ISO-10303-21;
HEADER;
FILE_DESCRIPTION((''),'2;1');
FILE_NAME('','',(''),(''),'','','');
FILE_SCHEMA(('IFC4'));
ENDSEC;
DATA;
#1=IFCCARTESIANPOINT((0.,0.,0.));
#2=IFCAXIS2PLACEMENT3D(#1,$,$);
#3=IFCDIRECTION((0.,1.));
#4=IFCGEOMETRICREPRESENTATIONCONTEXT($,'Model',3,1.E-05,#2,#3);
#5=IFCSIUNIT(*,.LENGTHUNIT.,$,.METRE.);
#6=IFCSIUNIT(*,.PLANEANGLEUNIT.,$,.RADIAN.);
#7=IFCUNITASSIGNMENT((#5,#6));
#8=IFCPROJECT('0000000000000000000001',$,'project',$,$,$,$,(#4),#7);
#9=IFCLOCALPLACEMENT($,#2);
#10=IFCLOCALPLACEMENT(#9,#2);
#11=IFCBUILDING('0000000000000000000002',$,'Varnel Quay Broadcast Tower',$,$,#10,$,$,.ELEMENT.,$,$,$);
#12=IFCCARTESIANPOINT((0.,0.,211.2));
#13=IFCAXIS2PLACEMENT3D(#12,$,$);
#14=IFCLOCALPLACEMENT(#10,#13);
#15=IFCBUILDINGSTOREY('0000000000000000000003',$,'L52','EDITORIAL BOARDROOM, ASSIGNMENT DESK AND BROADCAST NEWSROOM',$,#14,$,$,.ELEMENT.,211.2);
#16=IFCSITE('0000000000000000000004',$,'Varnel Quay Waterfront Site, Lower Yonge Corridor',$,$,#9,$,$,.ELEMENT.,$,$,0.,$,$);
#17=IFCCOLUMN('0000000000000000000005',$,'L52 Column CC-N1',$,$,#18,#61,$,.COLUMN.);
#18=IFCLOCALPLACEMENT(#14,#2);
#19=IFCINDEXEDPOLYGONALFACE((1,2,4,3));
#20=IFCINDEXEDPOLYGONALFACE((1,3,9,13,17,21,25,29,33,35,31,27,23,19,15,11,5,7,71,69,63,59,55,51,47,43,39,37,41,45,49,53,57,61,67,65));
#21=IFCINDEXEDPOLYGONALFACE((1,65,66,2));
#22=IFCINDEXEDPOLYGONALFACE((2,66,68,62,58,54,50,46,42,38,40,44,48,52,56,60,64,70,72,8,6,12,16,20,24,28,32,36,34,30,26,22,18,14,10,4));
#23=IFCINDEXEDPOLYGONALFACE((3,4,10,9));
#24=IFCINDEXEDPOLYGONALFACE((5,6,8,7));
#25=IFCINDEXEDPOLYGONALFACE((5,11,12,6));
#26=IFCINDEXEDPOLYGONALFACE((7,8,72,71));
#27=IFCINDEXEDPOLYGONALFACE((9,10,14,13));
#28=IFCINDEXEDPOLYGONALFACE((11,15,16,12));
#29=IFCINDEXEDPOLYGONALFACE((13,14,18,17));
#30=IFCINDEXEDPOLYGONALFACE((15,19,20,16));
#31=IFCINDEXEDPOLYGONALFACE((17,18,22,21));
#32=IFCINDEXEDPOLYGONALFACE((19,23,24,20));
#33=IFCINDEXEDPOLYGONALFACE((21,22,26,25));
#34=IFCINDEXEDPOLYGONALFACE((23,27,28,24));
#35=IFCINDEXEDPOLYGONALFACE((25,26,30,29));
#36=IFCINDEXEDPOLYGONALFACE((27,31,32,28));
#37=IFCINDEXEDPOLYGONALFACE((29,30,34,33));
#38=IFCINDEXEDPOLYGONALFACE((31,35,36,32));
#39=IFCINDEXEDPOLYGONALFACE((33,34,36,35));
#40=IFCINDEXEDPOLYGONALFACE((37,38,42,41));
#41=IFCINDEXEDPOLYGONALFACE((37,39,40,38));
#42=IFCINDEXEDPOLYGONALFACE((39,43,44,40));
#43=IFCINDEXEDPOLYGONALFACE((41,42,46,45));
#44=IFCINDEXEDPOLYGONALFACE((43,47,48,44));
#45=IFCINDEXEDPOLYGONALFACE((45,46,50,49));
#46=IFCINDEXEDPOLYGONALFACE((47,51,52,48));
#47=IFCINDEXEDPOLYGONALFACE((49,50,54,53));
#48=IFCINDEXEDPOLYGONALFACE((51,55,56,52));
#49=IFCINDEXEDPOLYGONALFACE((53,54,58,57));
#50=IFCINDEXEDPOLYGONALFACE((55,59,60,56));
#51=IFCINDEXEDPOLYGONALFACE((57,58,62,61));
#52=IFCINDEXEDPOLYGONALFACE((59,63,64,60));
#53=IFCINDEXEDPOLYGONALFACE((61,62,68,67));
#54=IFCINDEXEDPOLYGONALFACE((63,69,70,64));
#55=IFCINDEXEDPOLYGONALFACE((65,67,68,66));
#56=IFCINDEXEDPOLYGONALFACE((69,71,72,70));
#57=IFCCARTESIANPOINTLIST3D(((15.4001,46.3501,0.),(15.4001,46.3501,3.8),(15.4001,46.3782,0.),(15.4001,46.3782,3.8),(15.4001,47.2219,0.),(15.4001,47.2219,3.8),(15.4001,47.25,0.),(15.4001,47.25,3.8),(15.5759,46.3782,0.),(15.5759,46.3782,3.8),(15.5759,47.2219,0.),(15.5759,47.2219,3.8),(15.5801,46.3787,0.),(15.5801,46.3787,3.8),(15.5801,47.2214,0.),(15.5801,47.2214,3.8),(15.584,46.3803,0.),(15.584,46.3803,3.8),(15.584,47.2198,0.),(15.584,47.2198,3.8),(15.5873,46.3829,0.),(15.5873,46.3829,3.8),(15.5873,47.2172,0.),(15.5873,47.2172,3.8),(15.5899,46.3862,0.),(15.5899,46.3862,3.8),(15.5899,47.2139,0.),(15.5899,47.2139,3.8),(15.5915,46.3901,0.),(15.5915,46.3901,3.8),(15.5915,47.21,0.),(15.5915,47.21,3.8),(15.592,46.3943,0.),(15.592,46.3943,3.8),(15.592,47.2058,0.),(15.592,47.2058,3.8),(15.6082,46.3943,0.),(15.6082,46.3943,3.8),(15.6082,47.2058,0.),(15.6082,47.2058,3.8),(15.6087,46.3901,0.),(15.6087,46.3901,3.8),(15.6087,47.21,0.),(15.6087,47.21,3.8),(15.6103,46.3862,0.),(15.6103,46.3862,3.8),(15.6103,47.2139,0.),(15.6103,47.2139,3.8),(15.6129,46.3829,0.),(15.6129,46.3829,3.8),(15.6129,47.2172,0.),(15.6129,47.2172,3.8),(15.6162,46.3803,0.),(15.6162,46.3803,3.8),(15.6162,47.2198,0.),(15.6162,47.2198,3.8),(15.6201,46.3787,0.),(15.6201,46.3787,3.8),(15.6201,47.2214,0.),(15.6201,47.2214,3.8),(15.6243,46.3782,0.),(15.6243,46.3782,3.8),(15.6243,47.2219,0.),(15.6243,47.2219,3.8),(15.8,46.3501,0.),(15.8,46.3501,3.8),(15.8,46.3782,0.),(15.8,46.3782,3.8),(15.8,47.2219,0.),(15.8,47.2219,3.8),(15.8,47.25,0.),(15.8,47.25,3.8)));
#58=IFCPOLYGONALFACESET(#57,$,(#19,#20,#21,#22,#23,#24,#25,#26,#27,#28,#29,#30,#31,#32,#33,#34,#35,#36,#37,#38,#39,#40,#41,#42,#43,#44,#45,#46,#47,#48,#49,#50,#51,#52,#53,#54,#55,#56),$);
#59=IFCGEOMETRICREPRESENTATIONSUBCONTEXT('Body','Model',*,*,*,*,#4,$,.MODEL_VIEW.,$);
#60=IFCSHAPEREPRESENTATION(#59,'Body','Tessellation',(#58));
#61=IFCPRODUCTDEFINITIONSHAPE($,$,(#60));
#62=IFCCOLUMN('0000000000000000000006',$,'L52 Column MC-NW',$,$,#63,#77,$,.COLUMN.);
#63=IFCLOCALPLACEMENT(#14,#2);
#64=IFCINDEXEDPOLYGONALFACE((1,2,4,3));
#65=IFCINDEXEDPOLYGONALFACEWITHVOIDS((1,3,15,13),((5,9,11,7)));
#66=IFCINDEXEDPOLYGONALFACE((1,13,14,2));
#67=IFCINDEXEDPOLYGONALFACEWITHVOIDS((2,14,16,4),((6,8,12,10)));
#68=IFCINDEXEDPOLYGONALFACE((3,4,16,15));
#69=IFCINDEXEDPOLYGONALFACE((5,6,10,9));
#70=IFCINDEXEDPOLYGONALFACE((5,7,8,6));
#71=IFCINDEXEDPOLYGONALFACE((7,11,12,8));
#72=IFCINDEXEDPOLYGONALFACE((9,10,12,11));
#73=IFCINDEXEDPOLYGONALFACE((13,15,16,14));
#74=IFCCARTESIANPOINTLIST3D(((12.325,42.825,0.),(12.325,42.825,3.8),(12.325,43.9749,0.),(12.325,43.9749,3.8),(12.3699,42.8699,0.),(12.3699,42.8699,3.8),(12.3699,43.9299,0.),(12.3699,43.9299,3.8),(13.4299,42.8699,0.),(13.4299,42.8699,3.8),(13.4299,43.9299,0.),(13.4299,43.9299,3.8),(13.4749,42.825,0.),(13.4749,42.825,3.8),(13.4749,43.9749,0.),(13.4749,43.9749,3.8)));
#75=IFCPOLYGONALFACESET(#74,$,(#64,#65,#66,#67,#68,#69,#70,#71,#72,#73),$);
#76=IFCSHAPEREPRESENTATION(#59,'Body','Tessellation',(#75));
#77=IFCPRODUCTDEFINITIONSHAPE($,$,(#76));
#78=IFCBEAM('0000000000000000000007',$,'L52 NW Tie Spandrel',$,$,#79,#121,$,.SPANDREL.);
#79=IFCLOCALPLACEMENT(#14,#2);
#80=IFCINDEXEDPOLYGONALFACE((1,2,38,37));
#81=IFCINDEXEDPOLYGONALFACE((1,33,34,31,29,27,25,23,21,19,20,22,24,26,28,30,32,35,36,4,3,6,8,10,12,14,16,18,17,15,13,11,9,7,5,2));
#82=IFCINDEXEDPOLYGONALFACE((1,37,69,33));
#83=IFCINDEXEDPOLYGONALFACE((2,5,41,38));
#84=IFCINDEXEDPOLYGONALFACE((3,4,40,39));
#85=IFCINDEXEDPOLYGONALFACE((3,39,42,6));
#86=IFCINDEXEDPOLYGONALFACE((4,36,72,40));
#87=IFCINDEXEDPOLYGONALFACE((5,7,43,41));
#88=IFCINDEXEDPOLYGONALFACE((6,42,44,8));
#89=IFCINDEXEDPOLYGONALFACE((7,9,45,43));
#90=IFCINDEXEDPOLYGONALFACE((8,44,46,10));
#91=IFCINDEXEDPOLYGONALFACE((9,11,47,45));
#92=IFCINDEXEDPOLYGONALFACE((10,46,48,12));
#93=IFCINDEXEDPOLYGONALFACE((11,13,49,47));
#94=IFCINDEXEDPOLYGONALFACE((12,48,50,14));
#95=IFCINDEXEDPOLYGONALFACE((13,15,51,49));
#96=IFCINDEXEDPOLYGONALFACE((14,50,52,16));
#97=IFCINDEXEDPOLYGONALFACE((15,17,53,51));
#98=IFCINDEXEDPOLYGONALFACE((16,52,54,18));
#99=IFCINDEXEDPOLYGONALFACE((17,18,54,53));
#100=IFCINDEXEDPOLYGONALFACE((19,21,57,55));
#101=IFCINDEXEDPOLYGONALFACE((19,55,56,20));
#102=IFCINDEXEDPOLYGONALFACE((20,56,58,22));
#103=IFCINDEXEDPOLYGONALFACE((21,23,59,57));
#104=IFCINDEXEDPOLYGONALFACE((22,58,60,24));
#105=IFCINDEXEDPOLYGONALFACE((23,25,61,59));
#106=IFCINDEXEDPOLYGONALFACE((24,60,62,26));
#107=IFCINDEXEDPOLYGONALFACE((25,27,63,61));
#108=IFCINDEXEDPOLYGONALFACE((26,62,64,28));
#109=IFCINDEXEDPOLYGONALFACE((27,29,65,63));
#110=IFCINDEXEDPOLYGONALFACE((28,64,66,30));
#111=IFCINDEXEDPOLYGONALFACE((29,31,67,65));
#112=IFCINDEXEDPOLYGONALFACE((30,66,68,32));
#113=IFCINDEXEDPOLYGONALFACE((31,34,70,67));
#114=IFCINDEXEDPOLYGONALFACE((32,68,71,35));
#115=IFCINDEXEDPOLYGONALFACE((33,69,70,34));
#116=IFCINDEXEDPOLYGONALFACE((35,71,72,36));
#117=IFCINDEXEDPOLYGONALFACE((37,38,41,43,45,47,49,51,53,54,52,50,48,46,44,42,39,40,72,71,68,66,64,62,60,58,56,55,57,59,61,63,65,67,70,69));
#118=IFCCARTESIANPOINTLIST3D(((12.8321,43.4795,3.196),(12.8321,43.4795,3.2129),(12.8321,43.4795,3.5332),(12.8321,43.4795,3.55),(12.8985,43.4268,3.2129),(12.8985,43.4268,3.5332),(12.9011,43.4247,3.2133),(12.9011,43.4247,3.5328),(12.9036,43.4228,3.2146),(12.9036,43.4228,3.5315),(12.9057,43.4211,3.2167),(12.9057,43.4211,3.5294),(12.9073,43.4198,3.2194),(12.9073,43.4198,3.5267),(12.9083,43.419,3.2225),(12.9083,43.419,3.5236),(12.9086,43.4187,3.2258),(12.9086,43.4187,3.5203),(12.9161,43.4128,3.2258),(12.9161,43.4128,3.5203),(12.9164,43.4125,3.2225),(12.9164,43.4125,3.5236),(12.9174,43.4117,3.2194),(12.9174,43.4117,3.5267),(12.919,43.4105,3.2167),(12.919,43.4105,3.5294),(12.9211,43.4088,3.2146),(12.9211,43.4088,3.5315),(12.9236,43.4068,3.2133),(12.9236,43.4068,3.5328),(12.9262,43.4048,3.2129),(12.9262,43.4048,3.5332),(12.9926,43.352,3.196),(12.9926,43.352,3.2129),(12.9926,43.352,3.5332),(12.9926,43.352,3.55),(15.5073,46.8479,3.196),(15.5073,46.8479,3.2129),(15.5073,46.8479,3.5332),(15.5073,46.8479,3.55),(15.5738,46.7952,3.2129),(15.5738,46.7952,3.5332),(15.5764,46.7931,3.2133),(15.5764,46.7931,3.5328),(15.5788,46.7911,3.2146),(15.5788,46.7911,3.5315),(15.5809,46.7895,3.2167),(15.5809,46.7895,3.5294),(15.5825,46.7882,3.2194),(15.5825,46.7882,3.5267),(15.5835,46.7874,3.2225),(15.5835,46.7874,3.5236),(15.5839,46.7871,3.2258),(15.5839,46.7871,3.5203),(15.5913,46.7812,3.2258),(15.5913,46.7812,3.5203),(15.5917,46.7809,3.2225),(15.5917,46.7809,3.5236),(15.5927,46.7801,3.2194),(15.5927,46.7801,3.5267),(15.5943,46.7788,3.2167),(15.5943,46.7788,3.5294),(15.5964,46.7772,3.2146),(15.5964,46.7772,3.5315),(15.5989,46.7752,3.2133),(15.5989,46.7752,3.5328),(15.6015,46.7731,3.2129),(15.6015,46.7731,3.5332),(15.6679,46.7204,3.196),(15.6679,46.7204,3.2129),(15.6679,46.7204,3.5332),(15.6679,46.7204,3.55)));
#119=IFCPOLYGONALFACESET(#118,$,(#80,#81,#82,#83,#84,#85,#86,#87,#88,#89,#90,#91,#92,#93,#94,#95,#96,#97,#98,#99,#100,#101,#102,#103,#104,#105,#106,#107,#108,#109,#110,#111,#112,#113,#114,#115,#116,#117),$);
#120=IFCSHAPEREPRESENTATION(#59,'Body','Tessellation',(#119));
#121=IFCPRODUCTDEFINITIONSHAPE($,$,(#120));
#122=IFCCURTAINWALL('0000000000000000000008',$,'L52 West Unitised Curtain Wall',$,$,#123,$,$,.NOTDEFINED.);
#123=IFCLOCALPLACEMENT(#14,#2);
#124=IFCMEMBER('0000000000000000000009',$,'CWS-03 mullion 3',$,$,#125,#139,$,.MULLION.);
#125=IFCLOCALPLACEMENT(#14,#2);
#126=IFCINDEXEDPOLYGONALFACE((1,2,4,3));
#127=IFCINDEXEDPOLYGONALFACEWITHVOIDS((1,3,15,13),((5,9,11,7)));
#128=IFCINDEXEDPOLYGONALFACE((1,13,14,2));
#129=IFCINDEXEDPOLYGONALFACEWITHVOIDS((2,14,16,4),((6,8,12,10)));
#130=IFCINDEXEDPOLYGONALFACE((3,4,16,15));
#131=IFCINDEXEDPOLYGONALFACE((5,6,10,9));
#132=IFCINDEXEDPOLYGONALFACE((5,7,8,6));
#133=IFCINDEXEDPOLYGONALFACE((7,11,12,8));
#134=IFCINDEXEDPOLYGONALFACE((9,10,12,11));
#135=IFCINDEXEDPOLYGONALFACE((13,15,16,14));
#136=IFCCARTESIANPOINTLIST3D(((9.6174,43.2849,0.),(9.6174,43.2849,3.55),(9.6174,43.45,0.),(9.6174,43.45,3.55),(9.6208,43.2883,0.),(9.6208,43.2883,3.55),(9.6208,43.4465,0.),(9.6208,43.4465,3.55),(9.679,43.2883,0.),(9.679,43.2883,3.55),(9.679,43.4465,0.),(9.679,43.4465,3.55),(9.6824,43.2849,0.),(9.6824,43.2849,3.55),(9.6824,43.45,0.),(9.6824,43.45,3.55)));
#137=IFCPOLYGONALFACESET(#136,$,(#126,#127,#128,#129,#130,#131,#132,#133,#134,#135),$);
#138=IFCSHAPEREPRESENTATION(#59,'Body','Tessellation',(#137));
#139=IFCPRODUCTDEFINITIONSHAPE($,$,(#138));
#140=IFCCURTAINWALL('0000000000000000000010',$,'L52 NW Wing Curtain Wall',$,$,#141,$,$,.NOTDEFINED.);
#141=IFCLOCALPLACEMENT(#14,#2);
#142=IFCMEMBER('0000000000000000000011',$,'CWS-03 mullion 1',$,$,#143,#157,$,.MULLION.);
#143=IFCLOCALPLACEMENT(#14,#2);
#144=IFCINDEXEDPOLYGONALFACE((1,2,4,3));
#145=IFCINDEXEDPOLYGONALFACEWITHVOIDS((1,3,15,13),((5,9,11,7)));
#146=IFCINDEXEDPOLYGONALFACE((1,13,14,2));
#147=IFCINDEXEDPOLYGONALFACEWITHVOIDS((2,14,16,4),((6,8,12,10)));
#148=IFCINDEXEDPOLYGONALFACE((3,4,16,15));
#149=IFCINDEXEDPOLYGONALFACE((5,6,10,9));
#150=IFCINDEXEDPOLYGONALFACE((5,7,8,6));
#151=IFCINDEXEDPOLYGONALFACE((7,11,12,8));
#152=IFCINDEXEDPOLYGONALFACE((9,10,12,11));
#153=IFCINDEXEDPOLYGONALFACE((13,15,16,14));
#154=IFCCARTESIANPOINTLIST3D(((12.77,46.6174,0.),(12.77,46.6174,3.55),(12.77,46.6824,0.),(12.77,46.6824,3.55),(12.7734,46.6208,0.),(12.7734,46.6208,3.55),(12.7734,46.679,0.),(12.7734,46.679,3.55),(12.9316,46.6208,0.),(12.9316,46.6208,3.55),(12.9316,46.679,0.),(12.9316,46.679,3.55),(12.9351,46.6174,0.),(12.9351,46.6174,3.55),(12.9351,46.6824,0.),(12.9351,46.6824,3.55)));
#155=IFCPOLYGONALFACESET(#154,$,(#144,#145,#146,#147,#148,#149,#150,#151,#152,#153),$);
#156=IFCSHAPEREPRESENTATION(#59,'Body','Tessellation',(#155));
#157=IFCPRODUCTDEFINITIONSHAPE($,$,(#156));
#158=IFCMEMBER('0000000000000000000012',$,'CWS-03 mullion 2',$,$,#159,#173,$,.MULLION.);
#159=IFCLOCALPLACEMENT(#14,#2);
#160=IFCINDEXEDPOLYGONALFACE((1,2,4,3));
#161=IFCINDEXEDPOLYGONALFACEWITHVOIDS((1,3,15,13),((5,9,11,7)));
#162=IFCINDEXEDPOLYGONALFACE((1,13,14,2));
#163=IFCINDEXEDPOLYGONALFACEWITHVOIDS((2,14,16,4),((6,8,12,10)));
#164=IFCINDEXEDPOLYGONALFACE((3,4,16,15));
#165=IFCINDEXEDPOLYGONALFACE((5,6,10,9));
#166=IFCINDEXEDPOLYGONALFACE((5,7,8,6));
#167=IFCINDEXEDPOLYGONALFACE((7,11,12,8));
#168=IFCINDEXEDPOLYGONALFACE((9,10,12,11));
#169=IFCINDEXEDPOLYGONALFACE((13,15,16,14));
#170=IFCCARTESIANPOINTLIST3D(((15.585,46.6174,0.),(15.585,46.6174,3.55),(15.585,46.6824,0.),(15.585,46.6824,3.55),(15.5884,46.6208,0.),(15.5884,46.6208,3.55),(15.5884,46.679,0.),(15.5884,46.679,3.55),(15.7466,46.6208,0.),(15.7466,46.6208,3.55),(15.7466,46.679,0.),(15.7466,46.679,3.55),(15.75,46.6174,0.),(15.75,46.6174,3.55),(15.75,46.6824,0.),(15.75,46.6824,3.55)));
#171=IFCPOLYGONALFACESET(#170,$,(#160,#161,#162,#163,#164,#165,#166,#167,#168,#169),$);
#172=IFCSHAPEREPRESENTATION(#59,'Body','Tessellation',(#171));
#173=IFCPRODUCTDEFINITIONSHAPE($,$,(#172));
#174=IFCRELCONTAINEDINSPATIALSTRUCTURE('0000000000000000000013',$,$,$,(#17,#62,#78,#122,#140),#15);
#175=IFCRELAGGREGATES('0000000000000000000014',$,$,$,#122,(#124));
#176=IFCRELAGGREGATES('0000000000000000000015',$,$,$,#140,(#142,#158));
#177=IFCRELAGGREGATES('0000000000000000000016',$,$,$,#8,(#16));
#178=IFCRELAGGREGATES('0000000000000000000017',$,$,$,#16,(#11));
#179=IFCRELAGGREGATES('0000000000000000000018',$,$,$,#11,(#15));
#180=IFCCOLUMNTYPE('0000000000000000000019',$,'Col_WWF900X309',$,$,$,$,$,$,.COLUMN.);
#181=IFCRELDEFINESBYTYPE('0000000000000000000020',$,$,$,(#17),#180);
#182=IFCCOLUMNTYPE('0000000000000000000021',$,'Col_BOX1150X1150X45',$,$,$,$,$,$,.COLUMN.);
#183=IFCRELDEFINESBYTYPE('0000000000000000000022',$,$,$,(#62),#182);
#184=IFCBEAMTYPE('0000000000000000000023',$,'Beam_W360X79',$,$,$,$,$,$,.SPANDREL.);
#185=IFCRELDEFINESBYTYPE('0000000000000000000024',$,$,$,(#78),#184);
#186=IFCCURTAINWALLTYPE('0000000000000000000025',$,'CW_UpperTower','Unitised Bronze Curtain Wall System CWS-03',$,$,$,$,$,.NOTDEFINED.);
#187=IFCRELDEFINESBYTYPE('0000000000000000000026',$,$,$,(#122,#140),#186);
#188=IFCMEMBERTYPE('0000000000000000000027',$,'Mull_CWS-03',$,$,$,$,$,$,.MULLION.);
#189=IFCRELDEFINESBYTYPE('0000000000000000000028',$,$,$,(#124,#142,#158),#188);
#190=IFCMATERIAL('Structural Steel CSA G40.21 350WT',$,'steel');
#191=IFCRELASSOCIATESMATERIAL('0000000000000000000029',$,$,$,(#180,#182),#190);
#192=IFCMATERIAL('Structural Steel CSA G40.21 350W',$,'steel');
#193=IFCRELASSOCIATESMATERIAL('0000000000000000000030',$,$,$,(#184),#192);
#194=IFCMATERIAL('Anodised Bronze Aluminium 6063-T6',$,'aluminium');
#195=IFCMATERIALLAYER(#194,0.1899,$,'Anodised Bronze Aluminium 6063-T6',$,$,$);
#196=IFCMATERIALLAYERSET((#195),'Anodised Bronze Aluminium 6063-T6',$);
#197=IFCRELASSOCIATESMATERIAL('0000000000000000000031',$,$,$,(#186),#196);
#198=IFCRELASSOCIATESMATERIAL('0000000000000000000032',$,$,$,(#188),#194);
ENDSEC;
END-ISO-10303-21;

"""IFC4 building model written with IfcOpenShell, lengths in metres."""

from ifc_helpers import new_model, si_unit, direction, frame, origin, origin_2d, place, context, subcontext, project, spatial, hollow_rectangle, i_section, extrude, source, transform, mapped, material, layer, layer_set, material_profile, profile_set, type_object, type_shapes, element, aggregate, save


model = new_model("IFC4")

# Units and contexts
model_context = context("Model", 3, precision=1e-05, world=origin(), true_north=direction((0.0, 1.0)))
body_context = subcontext(model_context, "Body", "Model", "MODEL_VIEW")
ifc_project = project(units=[si_unit("LENGTHUNIT", "METRE"), si_unit("PLANEANGLEUNIT", "RADIAN")], contexts=[model_context])

# Site, building, storey
site_placement = place(None, origin())
site = spatial("IfcSite", under=ifc_project, at=site_placement, Name="Varnel Quay Waterfront Site, Lower Yonge Corridor", CompositionType="ELEMENT", RefElevation=0.0)
building_placement = place(site_placement, origin())
building = spatial("IfcBuilding", under=site, at=building_placement, Name="Varnel Quay Broadcast Tower", CompositionType="ELEMENT")
storey_placement = place(building_placement, frame((0.0, 0.0, 211.2)))
storey = spatial("IfcBuildingStorey", under=building, at=storey_placement, Name="L52", Description="EDITORIAL BOARDROOM, ASSIGNMENT DESK AND BROADCAST NEWSROOM", CompositionType="ELEMENT", Elevation=211.2)

# Columns
ifc_material_1 = material(Name="Structural Steel CSA G40.21 350WT", Category="steel")
ifc_material_profile_1 = material_profile(ifc_material_1, i_section(OverallWidth=0.3999, OverallDepth=0.8999, WebThickness=0.0161, FlangeThickness=0.0281, FilletRadius=0.0161, at=origin_2d()), Name="WWF900X309")
ifc_profile_set_1 = profile_set([ifc_material_profile_1], Name="Structural Steel CSA G40.21 350WT")
column_type_1 = type_object("IfcColumnType", Name="Col_WWF900X309", PredefinedType="COLUMN", material=ifc_profile_set_1)
shared_shape_1 = source(origin(), body_context, "Body", "SweptSolid", [
    extrude(i_section(OverallWidth=0.3999, OverallDepth=0.8999, WebThickness=0.0161, FlangeThickness=0.0281, FilletRadius=0.0161, at=origin_2d()), origin(), (0.0, 0.0, 1.0), 3.8),
])
type_shapes(column_type_1, [shared_shape_1])
column_1_placement = place(storey_placement, frame((15.6001, 46.8, 0.0), z_axis=(0.0, 0.0, 1.0), x_axis=(1.0, 0.0, 0.0)))
element("IfcColumn", 1, at=column_1_placement, inside=storey, type_object=column_type_1, Name="L52 Column CC-N1", PredefinedType="COLUMN", context=body_context, shape_type="MappedRepresentation", body=[
    mapped(shared_shape_1, transform((0.0, 0.0, 0.0), x_axis=(1.0, 0.0, 0.0), y_axis=(0.0, 1.0, 0.0), z_axis=(0.0, 0.0, 1.0), scale=1.0)),
])
ifc_material_profile_2 = material_profile(ifc_material_1, hollow_rectangle(XDim=1.1499, YDim=1.1499, WallThickness=0.0449, at=origin_2d()), Name="BOX1150X1150X45")
ifc_profile_set_2 = profile_set([ifc_material_profile_2], Name="Structural Steel CSA G40.21 350WT")
column_type_2 = type_object("IfcColumnType", Name="Col_BOX1150X1150X45", PredefinedType="COLUMN", material=ifc_profile_set_2)
shared_shape_2 = source(origin(), body_context, "Body", "SweptSolid", [
    extrude(hollow_rectangle(XDim=1.1499, YDim=1.1499, WallThickness=0.0449, at=origin_2d()), origin(), (0.0, 0.0, 1.0), 3.8),
])
type_shapes(column_type_2, [shared_shape_2])
column_2_placement = place(storey_placement, frame((12.8999, 43.3999, 0.0), z_axis=(0.0, 0.0, 1.0), x_axis=(1.0, 0.0, 0.0)))
element("IfcColumn", 2, at=column_2_placement, inside=storey, type_object=column_type_2, Name="L52 Column MC-NW", PredefinedType="COLUMN", context=body_context, shape_type="MappedRepresentation", body=[
    mapped(shared_shape_2, transform((0.0, 0.0, 0.0), x_axis=(1.0, 0.0, 0.0), y_axis=(0.0, 1.0, 0.0), z_axis=(0.0, 0.0, 1.0), scale=1.0)),
])

# Beam
ifc_material_2 = material(Name="Structural Steel CSA G40.21 350W", Category="steel")
ifc_material_profile_3 = material_profile(ifc_material_2, i_section(OverallWidth=0.2051, OverallDepth=0.354, WebThickness=0.0095, FlangeThickness=0.0168, FilletRadius=0.0129, at=origin_2d()), Name="W360X79")
ifc_profile_set_3 = profile_set([ifc_material_profile_3], Name="Structural Steel CSA G40.21 350W")
beam_type = type_object("IfcBeamType", Name="Beam_W360X79", PredefinedType="SPANDREL", material=ifc_profile_set_3)
shared_shape_3 = source(origin(), body_context, "Body", "SweptSolid", [
    extrude(i_section(OverallWidth=0.2051, OverallDepth=0.354, WebThickness=0.0095, FlangeThickness=0.0168, FilletRadius=0.0129, at=origin_2d()), origin(), (0.0, 0.0, 1.0), 4.3015),
])
type_shapes(beam_type, [shared_shape_3])
beam_placement = place(storey_placement, frame((12.9124, 43.4158, 3.373), z_axis=(0.621936, 0.783068, 0.0), x_axis=(-0.783068, 0.621936, 0.0)))
element("IfcBeam", 3, at=beam_placement, inside=storey, type_object=beam_type, Name="L52 NW Tie Spandrel", PredefinedType="SPANDREL", context=body_context, shape_type="MappedRepresentation", body=[
    mapped(shared_shape_3, transform((0.0, 0.0, 0.0), x_axis=(1.0, 0.0, 0.0), y_axis=(0.0, 1.0, 0.0), z_axis=(0.0, 0.0, 1.0), scale=1.0)),
])

# Curtain wall, member
ifc_material_3 = material(Name="Anodised Bronze Aluminium 6063-T6", Category="aluminium")
ifc_layer_1 = layer(ifc_material_3, 0.1899, Name="Anodised Bronze Aluminium 6063-T6")
ifc_layer_set_1 = layer_set([ifc_layer_1], Name="Anodised Bronze Aluminium 6063-T6")
curtain_wall_type = type_object("IfcCurtainWallType", Name="CW_UpperTower", Description="Unitised Bronze Curtain Wall System CWS-03", PredefinedType="NOTDEFINED", material=ifc_layer_set_1)
curtain_wall_1_placement = place(storey_placement, origin())
curtain_wall_1 = element("IfcCurtainWall", 4, at=curtain_wall_1_placement, inside=storey, type_object=curtain_wall_type, Name="L52 West Unitised Curtain Wall", PredefinedType="NOTDEFINED")
ifc_material_profile_4 = material_profile(ifc_material_3, hollow_rectangle(XDim=0.0649, YDim=0.165, WallThickness=0.0034, at=origin_2d()), Name="ALU65X165X3.5")
ifc_profile_set_4 = profile_set([ifc_material_profile_4], Name="Anodised Bronze Aluminium 6063-T6")
member_type_1 = type_object("IfcMemberType", Name="Mull_CWS-03", PredefinedType="MULLION", material=ifc_profile_set_4)
shared_shape_4 = source(origin(), body_context, "Body", "SweptSolid", [
    extrude(hollow_rectangle(XDim=0.0649, YDim=0.165, WallThickness=0.0034, at=origin_2d()), origin(), (0.0, 0.0, 1.0), 3.55),
])
type_shapes(member_type_1, [shared_shape_4])
member_1_placement = place(storey_placement, frame((9.6499, 43.3674, 0.0), z_axis=(0.0, 0.0, 1.0), x_axis=(-1.0, 0.0, 0.0)))
member_1 = element("IfcMember", 5, at=member_1_placement, type_object=member_type_1, Name="CWS-03 mullion 3", PredefinedType="MULLION", context=body_context, shape_type="MappedRepresentation", body=[
    mapped(shared_shape_4, transform((0.0, 0.0, 0.0), x_axis=(1.0, 0.0, 0.0), y_axis=(0.0, 1.0, 0.0), z_axis=(0.0, 0.0, 1.0), scale=1.0)),
])
aggregate(curtain_wall_1, [member_1])

# Curtain wall, members
curtain_wall_2_placement = place(storey_placement, origin())
curtain_wall_2 = element("IfcCurtainWall", 6, at=curtain_wall_2_placement, inside=storey, type_object=curtain_wall_type, Name="L52 NW Wing Curtain Wall", PredefinedType="NOTDEFINED")
member_2_placement = place(storey_placement, frame((12.8525, 46.6499, 0.0), z_axis=(0.0, 0.0, 1.0), x_axis=(0.0, 1.0, 0.0)))
member_2 = element("IfcMember", 7, at=member_2_placement, type_object=member_type_1, Name="CWS-03 mullion 1", PredefinedType="MULLION", context=body_context, shape_type="MappedRepresentation", body=[
    mapped(shared_shape_4, transform((0.0, 0.0, 0.0), x_axis=(1.0, 0.0, 0.0), y_axis=(0.0, 1.0, 0.0), z_axis=(0.0, 0.0, 1.0), scale=1.0)),
])
member_3_placement = place(storey_placement, frame((15.6675, 46.6499, 0.0), z_axis=(0.0, 0.0, 1.0), x_axis=(0.0, 1.0, 0.0)))
member_3 = element("IfcMember", 8, at=member_3_placement, type_object=member_type_1, Name="CWS-03 mullion 2", PredefinedType="MULLION", context=body_context, shape_type="MappedRepresentation", body=[
    mapped(shared_shape_4, transform((0.0, 0.0, 0.0), x_axis=(1.0, 0.0, 0.0), y_axis=(0.0, 1.0, 0.0), z_axis=(0.0, 0.0, 1.0), scale=1.0)),
])
aggregate(curtain_wall_2, [member_2, member_3])

save(model, "model.ifc")
